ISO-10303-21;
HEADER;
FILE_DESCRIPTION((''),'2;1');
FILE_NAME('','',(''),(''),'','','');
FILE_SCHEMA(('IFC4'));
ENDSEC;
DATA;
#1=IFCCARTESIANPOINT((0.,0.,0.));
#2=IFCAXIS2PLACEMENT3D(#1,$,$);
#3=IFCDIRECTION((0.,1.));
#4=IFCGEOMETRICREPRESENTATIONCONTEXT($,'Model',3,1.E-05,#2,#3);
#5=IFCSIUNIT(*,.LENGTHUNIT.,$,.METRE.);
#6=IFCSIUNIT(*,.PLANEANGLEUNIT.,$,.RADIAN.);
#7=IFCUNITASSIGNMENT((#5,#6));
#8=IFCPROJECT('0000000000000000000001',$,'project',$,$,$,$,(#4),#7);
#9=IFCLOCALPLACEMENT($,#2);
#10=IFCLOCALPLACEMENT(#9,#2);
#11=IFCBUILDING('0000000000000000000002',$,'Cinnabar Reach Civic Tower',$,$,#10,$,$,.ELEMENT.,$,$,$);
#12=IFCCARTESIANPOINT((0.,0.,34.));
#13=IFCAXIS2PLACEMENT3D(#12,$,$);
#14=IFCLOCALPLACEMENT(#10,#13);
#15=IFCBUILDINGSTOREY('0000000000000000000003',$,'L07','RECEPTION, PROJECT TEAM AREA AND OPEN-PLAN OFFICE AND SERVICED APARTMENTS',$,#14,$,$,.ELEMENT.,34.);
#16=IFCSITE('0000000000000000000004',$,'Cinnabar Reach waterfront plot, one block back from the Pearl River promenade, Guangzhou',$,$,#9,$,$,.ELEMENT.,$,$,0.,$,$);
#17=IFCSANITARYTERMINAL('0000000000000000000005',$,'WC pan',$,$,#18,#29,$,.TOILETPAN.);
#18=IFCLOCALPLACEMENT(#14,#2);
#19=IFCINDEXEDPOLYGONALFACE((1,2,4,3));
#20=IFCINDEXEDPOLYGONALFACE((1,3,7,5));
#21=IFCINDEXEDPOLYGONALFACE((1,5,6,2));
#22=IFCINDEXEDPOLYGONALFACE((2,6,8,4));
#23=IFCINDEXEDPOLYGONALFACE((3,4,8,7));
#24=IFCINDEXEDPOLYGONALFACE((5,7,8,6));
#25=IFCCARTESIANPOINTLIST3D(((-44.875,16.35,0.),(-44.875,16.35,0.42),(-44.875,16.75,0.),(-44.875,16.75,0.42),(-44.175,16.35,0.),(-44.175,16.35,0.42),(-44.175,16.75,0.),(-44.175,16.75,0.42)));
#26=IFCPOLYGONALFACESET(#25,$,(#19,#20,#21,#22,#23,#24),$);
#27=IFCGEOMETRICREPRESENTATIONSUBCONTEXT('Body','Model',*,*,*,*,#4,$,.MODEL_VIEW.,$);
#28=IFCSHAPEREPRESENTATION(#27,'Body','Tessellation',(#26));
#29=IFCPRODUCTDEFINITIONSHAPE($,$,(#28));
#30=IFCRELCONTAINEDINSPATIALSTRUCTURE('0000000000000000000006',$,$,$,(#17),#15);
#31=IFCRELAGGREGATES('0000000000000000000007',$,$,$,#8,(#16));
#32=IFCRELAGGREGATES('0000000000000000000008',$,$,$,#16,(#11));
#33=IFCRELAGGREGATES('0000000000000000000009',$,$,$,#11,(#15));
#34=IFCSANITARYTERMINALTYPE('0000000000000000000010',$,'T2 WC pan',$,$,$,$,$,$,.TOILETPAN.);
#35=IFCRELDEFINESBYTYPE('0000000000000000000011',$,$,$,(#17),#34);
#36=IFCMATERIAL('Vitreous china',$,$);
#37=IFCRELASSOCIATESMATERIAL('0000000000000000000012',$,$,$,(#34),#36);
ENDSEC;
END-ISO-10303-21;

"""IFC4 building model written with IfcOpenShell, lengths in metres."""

from ifc_helpers import new_model, si_unit, direction, frame, origin, origin_2d, place, context, subcontext, project, spatial, rectangle, extrude, material, type_object, element, save


model = new_model("IFC4")

# Units and contexts
model_context = context("Model", 3, precision=1e-05, world=origin(), true_north=direction((0.0, 1.0)))
body_context = subcontext(model_context, "Body", "Model", "MODEL_VIEW")
ifc_project = project(units=[si_unit("LENGTHUNIT", "METRE"), si_unit("PLANEANGLEUNIT", "RADIAN")], contexts=[model_context])

# Site, building, storey
site_placement = place(None, origin())
site = spatial("IfcSite", under=ifc_project, at=site_placement, Name="Cinnabar Reach waterfront plot, one block back from the Pearl River promenade, Guangzhou", CompositionType="ELEMENT", RefElevation=0.0)
building_placement = place(site_placement, origin())
building = spatial("IfcBuilding", under=site, at=building_placement, Name="Cinnabar Reach Civic Tower", CompositionType="ELEMENT")
storey_placement = place(building_placement, frame((0.0, 0.0, 34.0)))
storey = spatial("IfcBuildingStorey", under=building, at=storey_placement, Name="L07", Description="RECEPTION, PROJECT TEAM AREA AND OPEN-PLAN OFFICE AND SERVICED APARTMENTS", CompositionType="ELEMENT", Elevation=34.0)

# Sanitary terminal
ifc_material_1 = material(Name="Vitreous china")
sanitary_terminal_type_1 = type_object("IfcSanitaryTerminalType", Name="T2 WC pan", PredefinedType="TOILETPAN", material=ifc_material_1)
sanitary_terminal_1_placement = place(storey_placement, frame((-44.525, 16.55, 0.0), z_axis=(0.0, 0.0, 1.0), x_axis=(1.0, 0.0, 0.0)))
element("IfcSanitaryTerminal", 1, at=sanitary_terminal_1_placement, inside=storey, type_object=sanitary_terminal_type_1, Name="WC pan", PredefinedType="TOILETPAN", context=body_context, shape_type="SweptSolid", body=[
    extrude(rectangle(XDim=0.7, YDim=0.4, at=origin_2d()), origin(), (0.0, 0.0, 1.0), 0.42),
])

save(model, "model.ifc")
